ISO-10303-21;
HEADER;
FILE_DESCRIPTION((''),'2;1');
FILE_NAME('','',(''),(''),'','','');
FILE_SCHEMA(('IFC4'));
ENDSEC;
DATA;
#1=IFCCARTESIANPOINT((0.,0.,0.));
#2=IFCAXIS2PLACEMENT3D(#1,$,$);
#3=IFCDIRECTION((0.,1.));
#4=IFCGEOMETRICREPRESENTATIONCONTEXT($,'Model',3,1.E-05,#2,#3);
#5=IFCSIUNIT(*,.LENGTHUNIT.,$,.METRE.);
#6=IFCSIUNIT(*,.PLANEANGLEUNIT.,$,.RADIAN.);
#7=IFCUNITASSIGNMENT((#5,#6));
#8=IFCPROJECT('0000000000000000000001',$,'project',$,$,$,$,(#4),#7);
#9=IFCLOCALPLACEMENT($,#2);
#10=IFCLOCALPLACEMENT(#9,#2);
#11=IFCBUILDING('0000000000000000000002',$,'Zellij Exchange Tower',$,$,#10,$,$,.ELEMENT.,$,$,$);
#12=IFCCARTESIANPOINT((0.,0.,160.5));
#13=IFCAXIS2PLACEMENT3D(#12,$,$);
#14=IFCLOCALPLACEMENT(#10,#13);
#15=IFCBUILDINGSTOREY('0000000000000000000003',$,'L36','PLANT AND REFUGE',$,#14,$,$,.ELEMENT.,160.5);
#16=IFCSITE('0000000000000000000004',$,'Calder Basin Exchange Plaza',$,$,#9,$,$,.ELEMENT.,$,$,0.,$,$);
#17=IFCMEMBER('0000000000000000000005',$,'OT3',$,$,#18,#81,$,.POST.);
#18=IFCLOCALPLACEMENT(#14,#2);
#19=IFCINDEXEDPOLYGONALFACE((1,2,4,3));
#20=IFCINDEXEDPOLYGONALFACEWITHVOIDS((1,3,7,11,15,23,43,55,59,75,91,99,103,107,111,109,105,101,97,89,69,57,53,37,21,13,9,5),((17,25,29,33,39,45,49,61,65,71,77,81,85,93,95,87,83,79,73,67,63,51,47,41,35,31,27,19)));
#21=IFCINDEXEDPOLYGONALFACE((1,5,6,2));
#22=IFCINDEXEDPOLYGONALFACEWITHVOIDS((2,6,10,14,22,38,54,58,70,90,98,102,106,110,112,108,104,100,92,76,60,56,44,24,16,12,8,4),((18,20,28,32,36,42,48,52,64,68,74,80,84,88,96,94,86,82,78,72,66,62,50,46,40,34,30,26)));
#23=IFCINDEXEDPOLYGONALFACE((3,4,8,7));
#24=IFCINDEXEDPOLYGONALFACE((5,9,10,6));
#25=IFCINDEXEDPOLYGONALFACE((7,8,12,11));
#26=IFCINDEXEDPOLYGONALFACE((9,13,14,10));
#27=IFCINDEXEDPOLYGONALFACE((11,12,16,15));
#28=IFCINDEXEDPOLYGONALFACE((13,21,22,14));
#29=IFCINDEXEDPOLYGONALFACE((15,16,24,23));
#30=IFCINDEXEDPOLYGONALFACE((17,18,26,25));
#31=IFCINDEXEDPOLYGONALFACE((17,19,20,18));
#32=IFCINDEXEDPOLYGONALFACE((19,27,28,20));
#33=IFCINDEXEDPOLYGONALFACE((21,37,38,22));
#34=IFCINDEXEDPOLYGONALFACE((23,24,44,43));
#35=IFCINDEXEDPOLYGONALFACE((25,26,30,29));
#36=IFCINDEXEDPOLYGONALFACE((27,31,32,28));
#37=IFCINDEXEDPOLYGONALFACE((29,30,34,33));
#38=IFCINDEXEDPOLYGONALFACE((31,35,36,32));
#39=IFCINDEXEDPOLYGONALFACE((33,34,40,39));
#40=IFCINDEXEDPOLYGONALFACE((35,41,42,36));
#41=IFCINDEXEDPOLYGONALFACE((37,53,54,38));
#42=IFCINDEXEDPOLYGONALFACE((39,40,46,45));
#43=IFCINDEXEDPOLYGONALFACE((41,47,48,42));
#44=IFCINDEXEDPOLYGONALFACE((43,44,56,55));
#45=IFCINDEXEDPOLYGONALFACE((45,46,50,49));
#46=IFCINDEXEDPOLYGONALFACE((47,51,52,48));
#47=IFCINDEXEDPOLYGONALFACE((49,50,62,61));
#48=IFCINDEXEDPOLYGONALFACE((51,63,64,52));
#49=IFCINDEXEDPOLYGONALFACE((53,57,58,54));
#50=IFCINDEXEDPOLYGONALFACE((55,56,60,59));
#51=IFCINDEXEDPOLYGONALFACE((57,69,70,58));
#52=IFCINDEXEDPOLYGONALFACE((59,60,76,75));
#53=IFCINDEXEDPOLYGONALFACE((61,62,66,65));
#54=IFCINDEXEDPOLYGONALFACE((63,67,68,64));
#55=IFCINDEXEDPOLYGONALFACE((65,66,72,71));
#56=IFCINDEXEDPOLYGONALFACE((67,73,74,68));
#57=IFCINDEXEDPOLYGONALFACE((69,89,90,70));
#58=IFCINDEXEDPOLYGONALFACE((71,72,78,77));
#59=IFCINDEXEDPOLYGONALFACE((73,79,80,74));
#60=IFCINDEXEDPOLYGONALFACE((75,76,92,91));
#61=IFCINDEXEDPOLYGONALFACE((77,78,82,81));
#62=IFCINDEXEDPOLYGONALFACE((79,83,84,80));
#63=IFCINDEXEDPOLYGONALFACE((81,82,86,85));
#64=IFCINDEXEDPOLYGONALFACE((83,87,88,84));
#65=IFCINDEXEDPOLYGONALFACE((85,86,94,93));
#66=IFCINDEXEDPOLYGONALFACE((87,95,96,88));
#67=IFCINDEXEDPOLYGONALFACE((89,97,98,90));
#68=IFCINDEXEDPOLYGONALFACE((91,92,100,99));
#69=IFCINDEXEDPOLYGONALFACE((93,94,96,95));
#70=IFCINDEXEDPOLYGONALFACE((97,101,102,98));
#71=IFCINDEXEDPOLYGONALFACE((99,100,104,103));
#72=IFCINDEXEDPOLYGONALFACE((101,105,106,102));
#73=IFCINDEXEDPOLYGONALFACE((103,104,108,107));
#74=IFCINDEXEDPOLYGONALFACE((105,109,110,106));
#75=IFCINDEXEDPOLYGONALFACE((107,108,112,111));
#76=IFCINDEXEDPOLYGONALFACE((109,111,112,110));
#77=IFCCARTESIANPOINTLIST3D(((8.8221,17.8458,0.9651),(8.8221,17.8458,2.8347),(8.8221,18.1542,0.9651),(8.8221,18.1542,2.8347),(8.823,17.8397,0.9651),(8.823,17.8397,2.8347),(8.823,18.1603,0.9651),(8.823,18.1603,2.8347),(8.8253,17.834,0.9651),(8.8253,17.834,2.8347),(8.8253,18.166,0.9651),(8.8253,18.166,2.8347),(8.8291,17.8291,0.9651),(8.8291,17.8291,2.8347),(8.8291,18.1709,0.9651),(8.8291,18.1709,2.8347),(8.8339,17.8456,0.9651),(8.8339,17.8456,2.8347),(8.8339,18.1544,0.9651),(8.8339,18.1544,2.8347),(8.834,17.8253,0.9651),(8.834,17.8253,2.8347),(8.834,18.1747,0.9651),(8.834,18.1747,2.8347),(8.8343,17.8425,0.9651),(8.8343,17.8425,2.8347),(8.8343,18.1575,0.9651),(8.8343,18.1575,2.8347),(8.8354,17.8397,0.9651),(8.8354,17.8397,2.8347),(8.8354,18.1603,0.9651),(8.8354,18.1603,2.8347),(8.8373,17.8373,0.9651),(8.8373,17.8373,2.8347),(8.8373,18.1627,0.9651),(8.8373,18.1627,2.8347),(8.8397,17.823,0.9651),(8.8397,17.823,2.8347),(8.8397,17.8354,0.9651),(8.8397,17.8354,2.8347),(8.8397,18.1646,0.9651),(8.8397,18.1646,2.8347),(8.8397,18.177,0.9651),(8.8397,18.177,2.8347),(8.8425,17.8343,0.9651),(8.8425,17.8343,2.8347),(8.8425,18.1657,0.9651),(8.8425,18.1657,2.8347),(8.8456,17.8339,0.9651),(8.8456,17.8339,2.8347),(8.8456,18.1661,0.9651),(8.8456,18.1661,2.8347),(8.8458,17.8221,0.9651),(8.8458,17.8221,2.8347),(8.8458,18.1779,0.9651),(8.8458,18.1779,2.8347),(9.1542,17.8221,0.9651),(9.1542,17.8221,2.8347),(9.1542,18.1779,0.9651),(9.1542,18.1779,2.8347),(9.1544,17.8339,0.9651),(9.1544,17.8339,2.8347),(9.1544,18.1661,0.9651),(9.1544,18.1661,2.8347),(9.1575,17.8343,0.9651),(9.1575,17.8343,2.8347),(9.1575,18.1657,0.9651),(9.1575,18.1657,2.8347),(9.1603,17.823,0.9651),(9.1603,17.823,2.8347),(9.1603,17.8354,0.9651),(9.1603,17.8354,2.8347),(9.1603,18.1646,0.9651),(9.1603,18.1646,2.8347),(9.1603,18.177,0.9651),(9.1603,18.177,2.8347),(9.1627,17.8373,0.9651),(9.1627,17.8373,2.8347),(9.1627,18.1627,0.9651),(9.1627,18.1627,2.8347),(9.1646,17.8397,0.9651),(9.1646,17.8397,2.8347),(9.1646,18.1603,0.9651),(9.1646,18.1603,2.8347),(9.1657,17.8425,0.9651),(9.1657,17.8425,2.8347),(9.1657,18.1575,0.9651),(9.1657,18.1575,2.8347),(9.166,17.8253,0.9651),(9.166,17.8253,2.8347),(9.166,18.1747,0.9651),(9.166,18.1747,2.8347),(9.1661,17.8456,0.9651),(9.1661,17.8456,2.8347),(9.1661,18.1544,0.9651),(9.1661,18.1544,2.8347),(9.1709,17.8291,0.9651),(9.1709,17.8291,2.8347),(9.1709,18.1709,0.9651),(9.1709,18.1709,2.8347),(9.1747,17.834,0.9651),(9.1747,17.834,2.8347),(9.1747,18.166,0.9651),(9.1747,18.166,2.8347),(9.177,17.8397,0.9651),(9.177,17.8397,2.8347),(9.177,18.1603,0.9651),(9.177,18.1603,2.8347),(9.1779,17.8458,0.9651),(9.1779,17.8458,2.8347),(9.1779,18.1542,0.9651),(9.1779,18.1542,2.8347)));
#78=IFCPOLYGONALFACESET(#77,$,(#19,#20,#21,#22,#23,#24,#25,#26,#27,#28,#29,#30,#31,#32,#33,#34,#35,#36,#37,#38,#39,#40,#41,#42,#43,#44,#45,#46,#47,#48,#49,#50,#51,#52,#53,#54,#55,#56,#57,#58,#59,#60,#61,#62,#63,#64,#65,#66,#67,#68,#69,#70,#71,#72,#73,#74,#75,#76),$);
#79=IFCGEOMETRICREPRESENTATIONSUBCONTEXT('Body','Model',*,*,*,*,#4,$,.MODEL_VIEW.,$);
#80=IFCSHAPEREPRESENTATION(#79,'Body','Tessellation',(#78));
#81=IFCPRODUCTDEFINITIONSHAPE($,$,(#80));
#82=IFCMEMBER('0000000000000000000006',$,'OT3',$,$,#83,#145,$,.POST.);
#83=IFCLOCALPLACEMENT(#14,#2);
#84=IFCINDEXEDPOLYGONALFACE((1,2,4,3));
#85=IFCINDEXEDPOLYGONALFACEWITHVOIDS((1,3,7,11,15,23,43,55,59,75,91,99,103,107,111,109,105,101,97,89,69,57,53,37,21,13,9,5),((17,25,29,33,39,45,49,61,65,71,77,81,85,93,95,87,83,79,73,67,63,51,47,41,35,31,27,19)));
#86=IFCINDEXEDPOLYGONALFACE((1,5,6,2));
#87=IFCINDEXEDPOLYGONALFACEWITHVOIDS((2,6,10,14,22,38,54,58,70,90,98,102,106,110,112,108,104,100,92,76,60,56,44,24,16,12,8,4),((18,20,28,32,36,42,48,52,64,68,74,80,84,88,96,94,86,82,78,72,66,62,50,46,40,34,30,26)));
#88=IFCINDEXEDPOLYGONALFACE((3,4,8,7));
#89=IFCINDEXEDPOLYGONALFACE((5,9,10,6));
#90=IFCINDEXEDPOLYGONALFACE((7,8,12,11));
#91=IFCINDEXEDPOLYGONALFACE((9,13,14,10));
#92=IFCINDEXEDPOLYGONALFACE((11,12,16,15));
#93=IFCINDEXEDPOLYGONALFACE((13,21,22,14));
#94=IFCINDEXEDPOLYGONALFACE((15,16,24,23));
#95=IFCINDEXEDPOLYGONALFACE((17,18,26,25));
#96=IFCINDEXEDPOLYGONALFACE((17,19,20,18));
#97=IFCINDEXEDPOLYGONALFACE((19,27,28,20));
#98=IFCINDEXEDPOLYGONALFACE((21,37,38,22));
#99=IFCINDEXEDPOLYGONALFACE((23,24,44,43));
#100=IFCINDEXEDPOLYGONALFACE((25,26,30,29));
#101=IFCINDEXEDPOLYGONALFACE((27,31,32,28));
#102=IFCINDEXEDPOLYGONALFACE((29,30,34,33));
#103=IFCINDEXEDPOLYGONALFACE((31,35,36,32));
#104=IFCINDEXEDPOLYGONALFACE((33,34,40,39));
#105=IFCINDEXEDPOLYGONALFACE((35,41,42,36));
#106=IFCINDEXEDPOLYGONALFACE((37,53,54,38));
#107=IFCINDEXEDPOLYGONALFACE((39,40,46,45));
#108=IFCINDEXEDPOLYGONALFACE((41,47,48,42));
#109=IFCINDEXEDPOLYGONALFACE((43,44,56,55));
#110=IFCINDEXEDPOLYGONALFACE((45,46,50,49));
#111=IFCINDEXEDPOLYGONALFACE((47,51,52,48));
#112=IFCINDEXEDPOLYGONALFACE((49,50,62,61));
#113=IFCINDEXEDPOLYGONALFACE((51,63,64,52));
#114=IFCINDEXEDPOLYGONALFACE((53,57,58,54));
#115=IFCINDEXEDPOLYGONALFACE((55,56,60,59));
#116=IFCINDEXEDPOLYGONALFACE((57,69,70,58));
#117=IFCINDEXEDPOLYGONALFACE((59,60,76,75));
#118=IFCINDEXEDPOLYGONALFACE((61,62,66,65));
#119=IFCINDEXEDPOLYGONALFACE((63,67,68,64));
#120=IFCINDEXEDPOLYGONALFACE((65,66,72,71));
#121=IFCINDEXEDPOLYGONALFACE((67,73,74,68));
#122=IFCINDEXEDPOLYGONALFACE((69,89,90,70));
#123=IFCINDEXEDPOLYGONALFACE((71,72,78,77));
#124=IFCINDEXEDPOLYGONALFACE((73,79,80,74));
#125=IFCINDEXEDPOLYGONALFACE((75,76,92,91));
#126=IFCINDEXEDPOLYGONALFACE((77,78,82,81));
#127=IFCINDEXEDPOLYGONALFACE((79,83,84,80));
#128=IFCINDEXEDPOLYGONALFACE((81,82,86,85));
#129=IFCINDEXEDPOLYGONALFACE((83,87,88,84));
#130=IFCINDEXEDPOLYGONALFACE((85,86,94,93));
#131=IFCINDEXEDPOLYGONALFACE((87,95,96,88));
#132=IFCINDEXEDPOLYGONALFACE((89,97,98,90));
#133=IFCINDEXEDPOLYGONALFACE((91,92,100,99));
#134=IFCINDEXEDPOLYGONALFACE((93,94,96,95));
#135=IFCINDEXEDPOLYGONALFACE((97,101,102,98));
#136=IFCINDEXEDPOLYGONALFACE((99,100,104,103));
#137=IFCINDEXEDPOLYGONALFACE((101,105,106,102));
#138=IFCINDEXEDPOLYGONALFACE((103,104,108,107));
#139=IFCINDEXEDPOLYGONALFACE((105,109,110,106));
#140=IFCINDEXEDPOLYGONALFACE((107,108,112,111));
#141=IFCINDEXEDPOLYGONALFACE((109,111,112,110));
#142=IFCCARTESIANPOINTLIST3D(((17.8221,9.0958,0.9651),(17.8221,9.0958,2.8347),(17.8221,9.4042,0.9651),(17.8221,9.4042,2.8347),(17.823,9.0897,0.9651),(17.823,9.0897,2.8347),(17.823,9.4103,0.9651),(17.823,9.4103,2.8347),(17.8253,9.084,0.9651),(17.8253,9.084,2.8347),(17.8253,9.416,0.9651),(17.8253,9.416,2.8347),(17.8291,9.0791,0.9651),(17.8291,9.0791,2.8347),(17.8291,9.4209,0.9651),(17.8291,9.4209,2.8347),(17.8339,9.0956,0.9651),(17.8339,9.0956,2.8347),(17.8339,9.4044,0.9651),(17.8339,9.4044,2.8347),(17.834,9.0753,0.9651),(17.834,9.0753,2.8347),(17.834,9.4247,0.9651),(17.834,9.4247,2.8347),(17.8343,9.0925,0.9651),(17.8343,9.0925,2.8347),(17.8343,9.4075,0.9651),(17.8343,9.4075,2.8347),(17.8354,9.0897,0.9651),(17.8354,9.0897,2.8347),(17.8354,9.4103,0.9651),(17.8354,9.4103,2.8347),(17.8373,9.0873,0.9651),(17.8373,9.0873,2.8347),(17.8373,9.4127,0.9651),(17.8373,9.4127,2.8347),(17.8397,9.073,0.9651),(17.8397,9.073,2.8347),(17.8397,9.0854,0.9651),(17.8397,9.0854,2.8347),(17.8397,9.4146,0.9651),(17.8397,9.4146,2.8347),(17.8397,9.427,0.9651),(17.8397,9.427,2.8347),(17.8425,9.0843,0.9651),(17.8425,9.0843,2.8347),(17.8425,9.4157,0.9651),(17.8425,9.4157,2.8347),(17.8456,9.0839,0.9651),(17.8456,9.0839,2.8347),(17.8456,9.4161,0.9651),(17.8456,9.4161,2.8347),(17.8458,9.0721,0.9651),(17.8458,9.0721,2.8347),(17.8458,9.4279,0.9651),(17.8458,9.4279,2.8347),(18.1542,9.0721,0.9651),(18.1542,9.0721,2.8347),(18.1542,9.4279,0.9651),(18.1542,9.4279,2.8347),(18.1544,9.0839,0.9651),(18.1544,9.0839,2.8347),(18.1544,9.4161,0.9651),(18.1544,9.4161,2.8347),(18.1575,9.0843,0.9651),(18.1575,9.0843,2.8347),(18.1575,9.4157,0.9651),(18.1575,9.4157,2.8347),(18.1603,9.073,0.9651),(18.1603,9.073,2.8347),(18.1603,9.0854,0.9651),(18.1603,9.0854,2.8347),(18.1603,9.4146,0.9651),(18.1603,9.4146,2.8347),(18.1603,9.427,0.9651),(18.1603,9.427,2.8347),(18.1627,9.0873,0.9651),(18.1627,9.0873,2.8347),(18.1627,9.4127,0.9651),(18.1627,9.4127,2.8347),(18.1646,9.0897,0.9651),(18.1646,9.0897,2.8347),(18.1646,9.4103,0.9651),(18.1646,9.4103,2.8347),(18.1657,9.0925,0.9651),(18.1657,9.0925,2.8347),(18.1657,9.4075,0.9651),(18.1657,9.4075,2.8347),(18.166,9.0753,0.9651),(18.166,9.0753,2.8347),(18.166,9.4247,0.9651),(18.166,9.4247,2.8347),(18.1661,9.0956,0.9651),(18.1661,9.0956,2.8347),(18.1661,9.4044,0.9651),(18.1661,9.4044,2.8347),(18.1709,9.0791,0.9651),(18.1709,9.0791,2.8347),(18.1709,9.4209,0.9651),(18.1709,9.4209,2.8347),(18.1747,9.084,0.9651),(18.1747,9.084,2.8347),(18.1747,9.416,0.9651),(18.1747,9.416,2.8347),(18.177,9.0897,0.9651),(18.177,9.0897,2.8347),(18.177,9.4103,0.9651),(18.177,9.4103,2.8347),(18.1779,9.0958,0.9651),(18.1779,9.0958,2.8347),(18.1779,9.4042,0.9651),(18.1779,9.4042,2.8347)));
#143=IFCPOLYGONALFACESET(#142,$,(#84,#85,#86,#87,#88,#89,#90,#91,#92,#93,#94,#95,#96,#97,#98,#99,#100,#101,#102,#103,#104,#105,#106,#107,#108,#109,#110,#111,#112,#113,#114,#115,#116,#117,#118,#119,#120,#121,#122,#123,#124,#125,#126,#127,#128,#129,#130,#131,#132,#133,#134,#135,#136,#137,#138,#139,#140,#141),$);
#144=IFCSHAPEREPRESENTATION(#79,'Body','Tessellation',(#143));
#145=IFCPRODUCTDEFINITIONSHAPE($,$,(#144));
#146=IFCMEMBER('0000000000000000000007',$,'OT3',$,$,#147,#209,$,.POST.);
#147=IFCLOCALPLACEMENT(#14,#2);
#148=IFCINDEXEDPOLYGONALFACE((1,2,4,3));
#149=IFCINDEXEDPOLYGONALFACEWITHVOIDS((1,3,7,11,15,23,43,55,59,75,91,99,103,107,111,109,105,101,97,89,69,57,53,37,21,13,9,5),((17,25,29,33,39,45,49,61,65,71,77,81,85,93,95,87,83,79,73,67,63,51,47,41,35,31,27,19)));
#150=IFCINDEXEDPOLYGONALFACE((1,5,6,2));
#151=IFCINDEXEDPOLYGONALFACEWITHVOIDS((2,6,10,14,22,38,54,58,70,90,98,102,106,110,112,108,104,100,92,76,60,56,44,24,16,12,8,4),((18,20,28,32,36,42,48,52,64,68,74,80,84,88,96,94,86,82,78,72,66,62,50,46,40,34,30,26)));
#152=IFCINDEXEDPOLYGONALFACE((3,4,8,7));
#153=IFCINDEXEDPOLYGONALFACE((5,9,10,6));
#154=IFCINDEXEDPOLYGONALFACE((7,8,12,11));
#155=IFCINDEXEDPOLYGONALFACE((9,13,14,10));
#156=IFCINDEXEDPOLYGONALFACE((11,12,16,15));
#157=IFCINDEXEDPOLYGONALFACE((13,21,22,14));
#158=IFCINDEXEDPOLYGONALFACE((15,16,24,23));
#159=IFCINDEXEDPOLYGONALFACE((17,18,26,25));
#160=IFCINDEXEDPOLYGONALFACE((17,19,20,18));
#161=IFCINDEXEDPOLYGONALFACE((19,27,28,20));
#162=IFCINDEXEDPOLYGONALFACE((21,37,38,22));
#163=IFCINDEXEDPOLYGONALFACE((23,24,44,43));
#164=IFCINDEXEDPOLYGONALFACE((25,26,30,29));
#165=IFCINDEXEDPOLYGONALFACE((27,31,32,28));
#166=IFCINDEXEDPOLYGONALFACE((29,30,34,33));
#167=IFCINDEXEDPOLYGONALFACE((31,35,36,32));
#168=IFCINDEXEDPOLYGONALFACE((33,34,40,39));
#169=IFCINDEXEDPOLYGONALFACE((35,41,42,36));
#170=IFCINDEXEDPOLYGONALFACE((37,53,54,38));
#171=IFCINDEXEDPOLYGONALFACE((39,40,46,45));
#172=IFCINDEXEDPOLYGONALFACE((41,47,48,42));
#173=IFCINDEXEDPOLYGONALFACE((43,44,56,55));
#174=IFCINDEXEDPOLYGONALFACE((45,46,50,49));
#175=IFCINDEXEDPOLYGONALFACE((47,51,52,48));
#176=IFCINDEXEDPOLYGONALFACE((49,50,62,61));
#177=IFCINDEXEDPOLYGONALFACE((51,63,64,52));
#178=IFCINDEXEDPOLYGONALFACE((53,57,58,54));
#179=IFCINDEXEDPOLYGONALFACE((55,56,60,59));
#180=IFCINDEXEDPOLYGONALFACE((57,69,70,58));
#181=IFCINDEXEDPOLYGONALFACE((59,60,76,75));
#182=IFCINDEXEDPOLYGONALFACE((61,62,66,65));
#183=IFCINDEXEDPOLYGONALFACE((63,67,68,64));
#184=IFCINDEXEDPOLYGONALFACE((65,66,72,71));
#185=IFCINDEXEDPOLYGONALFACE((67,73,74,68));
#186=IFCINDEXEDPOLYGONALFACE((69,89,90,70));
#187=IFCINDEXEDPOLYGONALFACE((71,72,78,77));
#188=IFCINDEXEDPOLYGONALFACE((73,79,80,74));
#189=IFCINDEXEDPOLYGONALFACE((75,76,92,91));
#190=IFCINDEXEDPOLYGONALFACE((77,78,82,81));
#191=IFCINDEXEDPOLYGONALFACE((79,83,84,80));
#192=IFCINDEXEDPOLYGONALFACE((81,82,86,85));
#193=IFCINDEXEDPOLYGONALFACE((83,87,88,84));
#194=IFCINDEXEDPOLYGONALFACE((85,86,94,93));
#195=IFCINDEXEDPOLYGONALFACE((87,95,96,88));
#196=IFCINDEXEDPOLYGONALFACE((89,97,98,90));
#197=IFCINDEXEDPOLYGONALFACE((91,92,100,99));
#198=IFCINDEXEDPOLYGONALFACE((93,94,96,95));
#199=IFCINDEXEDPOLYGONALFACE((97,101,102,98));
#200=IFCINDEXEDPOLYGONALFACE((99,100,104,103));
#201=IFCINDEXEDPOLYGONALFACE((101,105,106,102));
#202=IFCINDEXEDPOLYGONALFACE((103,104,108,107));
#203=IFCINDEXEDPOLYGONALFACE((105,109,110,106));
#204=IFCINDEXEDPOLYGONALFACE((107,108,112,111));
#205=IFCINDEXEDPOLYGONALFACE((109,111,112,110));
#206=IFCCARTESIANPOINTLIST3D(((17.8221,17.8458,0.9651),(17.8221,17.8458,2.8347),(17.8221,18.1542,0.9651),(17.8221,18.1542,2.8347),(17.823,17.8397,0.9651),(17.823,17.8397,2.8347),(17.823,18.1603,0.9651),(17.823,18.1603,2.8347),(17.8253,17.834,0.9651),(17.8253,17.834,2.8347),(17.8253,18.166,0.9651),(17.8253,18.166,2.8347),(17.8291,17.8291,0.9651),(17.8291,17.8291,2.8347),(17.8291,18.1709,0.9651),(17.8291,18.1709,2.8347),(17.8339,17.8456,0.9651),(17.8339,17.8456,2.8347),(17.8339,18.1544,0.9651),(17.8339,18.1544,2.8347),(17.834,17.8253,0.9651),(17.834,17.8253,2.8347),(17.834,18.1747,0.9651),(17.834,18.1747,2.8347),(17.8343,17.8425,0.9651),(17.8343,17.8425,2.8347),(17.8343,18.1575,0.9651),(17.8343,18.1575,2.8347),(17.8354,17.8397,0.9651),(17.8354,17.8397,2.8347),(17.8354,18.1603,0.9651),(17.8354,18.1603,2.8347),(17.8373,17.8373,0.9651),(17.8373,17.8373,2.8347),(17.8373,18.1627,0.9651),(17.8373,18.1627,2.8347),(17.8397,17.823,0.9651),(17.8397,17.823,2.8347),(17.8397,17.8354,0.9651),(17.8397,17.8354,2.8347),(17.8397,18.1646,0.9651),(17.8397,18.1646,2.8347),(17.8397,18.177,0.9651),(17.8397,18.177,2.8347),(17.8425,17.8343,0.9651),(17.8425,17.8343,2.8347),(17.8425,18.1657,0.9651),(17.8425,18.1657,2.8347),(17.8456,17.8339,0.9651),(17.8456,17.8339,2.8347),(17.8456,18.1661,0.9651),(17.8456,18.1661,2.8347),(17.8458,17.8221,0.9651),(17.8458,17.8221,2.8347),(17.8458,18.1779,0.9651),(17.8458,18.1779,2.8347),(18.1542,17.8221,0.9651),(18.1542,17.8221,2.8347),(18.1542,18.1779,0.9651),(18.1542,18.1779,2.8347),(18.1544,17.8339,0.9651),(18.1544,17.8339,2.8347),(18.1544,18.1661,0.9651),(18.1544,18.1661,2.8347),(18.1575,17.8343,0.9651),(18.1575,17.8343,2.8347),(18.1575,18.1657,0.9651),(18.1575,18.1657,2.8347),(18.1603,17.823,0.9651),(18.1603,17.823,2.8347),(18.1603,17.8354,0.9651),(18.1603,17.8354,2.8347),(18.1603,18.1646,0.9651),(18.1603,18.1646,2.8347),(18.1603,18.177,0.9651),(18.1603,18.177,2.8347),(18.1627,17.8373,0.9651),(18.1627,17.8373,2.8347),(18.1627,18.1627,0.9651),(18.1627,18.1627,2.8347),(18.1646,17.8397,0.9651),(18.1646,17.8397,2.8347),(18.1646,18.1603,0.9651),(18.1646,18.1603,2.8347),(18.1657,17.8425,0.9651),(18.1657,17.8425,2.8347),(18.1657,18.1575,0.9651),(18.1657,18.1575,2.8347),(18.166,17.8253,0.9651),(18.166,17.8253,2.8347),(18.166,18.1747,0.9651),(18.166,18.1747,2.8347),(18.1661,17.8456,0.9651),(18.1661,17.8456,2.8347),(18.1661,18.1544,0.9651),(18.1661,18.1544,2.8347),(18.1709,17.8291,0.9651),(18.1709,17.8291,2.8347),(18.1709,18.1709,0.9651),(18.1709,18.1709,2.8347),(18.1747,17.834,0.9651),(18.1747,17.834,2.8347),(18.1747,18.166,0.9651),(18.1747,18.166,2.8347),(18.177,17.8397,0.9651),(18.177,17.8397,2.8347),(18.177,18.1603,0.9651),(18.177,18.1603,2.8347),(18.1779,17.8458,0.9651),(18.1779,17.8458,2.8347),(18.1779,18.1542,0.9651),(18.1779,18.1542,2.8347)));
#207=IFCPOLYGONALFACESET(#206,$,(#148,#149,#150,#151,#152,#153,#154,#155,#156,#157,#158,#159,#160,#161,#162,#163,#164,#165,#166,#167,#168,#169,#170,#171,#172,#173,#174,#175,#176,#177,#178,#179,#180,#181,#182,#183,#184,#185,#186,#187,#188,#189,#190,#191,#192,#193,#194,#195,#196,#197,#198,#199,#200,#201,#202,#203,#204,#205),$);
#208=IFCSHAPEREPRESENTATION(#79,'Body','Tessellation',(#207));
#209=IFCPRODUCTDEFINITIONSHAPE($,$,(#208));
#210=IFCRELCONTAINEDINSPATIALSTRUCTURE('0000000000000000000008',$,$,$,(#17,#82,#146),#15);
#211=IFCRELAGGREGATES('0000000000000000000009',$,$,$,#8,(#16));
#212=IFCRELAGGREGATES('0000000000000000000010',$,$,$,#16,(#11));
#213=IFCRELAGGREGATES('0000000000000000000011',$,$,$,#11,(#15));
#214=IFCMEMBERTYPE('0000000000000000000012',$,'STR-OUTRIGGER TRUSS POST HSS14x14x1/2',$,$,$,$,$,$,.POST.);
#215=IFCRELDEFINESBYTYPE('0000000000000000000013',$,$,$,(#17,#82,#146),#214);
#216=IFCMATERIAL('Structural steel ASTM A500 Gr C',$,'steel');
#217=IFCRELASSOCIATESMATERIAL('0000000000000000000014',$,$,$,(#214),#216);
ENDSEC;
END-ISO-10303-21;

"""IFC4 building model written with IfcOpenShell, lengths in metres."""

from ifc_helpers import new_model, si_unit, direction, frame, origin, origin_2d, place, context, subcontext, project, spatial, hollow_rectangle, extrude, material, material_profile, profile_set, type_object, element, save


model = new_model("IFC4")

# Units and contexts
model_context = context("Model", 3, precision=1e-05, world=origin(), true_north=direction((0.0, 1.0)))
body_context = subcontext(model_context, "Body", "Model", "MODEL_VIEW")
ifc_project = project(units=[si_unit("LENGTHUNIT", "METRE"), si_unit("PLANEANGLEUNIT", "RADIAN")], contexts=[model_context])

# Site, building, storey
site_placement = place(None, origin())
site = spatial("IfcSite", under=ifc_project, at=site_placement, Name="Calder Basin Exchange Plaza", CompositionType="ELEMENT", RefElevation=0.0)
building_placement = place(site_placement, origin())
building = spatial("IfcBuilding", under=site, at=building_placement, Name="Zellij Exchange Tower", CompositionType="ELEMENT")
storey_placement = place(building_placement, frame((0.0, 0.0, 160.5)))
storey = spatial("IfcBuildingStorey", under=building, at=storey_placement, Name="L36", Description="PLANT AND REFUGE", CompositionType="ELEMENT", Elevation=160.5)

# Members
ifc_material_1 = material(Name="Structural steel ASTM A500 Gr C", Category="steel")
ifc_material_profile_1 = material_profile(ifc_material_1, hollow_rectangle(XDim=0.3557, YDim=0.3557, WallThickness=0.0117, InnerFilletRadius=0.0117, OuterFilletRadius=0.0237, at=origin_2d()), Name="STR-OUTRIGGER TRUSS POST HSS14x14x1/2")
ifc_profile_set_1 = profile_set([ifc_material_profile_1], Name="Structural steel ASTM A500 Gr C")
member_type_1 = type_object("IfcMemberType", Name="STR-OUTRIGGER TRUSS POST HSS14x14x1/2", PredefinedType="POST", material=ifc_profile_set_1)
for number, where, z_axis, x_axis, name in (
    (1, (9.0, 18.0, 0.9651), (0.0, 0.0, 1.0), (1.0, 0.0, 0.0), "OT3"),
    (2, (18.0, 9.25, 0.9651), (0.0, 0.0, 1.0), (1.0, 0.0, 0.0), "OT3"),
    (3, (18.0, 18.0, 0.9651), (0.0, 0.0, 1.0), (1.0, 0.0, 0.0), "OT3"),
):
    element("IfcMember", number, at=place(storey_placement, frame(where, z_axis=z_axis, x_axis=x_axis)), inside=storey, type_object=member_type_1, Name=name, PredefinedType="POST", context=body_context, shape_type="SweptSolid", body=[
        extrude(hollow_rectangle(XDim=0.3557, YDim=0.3557, WallThickness=0.0117, InnerFilletRadius=0.0117, OuterFilletRadius=0.0237, at=origin_2d()), origin(), (0.0, 0.0, 1.0), 1.8696),
    ])

save(model, "model.ifc")
